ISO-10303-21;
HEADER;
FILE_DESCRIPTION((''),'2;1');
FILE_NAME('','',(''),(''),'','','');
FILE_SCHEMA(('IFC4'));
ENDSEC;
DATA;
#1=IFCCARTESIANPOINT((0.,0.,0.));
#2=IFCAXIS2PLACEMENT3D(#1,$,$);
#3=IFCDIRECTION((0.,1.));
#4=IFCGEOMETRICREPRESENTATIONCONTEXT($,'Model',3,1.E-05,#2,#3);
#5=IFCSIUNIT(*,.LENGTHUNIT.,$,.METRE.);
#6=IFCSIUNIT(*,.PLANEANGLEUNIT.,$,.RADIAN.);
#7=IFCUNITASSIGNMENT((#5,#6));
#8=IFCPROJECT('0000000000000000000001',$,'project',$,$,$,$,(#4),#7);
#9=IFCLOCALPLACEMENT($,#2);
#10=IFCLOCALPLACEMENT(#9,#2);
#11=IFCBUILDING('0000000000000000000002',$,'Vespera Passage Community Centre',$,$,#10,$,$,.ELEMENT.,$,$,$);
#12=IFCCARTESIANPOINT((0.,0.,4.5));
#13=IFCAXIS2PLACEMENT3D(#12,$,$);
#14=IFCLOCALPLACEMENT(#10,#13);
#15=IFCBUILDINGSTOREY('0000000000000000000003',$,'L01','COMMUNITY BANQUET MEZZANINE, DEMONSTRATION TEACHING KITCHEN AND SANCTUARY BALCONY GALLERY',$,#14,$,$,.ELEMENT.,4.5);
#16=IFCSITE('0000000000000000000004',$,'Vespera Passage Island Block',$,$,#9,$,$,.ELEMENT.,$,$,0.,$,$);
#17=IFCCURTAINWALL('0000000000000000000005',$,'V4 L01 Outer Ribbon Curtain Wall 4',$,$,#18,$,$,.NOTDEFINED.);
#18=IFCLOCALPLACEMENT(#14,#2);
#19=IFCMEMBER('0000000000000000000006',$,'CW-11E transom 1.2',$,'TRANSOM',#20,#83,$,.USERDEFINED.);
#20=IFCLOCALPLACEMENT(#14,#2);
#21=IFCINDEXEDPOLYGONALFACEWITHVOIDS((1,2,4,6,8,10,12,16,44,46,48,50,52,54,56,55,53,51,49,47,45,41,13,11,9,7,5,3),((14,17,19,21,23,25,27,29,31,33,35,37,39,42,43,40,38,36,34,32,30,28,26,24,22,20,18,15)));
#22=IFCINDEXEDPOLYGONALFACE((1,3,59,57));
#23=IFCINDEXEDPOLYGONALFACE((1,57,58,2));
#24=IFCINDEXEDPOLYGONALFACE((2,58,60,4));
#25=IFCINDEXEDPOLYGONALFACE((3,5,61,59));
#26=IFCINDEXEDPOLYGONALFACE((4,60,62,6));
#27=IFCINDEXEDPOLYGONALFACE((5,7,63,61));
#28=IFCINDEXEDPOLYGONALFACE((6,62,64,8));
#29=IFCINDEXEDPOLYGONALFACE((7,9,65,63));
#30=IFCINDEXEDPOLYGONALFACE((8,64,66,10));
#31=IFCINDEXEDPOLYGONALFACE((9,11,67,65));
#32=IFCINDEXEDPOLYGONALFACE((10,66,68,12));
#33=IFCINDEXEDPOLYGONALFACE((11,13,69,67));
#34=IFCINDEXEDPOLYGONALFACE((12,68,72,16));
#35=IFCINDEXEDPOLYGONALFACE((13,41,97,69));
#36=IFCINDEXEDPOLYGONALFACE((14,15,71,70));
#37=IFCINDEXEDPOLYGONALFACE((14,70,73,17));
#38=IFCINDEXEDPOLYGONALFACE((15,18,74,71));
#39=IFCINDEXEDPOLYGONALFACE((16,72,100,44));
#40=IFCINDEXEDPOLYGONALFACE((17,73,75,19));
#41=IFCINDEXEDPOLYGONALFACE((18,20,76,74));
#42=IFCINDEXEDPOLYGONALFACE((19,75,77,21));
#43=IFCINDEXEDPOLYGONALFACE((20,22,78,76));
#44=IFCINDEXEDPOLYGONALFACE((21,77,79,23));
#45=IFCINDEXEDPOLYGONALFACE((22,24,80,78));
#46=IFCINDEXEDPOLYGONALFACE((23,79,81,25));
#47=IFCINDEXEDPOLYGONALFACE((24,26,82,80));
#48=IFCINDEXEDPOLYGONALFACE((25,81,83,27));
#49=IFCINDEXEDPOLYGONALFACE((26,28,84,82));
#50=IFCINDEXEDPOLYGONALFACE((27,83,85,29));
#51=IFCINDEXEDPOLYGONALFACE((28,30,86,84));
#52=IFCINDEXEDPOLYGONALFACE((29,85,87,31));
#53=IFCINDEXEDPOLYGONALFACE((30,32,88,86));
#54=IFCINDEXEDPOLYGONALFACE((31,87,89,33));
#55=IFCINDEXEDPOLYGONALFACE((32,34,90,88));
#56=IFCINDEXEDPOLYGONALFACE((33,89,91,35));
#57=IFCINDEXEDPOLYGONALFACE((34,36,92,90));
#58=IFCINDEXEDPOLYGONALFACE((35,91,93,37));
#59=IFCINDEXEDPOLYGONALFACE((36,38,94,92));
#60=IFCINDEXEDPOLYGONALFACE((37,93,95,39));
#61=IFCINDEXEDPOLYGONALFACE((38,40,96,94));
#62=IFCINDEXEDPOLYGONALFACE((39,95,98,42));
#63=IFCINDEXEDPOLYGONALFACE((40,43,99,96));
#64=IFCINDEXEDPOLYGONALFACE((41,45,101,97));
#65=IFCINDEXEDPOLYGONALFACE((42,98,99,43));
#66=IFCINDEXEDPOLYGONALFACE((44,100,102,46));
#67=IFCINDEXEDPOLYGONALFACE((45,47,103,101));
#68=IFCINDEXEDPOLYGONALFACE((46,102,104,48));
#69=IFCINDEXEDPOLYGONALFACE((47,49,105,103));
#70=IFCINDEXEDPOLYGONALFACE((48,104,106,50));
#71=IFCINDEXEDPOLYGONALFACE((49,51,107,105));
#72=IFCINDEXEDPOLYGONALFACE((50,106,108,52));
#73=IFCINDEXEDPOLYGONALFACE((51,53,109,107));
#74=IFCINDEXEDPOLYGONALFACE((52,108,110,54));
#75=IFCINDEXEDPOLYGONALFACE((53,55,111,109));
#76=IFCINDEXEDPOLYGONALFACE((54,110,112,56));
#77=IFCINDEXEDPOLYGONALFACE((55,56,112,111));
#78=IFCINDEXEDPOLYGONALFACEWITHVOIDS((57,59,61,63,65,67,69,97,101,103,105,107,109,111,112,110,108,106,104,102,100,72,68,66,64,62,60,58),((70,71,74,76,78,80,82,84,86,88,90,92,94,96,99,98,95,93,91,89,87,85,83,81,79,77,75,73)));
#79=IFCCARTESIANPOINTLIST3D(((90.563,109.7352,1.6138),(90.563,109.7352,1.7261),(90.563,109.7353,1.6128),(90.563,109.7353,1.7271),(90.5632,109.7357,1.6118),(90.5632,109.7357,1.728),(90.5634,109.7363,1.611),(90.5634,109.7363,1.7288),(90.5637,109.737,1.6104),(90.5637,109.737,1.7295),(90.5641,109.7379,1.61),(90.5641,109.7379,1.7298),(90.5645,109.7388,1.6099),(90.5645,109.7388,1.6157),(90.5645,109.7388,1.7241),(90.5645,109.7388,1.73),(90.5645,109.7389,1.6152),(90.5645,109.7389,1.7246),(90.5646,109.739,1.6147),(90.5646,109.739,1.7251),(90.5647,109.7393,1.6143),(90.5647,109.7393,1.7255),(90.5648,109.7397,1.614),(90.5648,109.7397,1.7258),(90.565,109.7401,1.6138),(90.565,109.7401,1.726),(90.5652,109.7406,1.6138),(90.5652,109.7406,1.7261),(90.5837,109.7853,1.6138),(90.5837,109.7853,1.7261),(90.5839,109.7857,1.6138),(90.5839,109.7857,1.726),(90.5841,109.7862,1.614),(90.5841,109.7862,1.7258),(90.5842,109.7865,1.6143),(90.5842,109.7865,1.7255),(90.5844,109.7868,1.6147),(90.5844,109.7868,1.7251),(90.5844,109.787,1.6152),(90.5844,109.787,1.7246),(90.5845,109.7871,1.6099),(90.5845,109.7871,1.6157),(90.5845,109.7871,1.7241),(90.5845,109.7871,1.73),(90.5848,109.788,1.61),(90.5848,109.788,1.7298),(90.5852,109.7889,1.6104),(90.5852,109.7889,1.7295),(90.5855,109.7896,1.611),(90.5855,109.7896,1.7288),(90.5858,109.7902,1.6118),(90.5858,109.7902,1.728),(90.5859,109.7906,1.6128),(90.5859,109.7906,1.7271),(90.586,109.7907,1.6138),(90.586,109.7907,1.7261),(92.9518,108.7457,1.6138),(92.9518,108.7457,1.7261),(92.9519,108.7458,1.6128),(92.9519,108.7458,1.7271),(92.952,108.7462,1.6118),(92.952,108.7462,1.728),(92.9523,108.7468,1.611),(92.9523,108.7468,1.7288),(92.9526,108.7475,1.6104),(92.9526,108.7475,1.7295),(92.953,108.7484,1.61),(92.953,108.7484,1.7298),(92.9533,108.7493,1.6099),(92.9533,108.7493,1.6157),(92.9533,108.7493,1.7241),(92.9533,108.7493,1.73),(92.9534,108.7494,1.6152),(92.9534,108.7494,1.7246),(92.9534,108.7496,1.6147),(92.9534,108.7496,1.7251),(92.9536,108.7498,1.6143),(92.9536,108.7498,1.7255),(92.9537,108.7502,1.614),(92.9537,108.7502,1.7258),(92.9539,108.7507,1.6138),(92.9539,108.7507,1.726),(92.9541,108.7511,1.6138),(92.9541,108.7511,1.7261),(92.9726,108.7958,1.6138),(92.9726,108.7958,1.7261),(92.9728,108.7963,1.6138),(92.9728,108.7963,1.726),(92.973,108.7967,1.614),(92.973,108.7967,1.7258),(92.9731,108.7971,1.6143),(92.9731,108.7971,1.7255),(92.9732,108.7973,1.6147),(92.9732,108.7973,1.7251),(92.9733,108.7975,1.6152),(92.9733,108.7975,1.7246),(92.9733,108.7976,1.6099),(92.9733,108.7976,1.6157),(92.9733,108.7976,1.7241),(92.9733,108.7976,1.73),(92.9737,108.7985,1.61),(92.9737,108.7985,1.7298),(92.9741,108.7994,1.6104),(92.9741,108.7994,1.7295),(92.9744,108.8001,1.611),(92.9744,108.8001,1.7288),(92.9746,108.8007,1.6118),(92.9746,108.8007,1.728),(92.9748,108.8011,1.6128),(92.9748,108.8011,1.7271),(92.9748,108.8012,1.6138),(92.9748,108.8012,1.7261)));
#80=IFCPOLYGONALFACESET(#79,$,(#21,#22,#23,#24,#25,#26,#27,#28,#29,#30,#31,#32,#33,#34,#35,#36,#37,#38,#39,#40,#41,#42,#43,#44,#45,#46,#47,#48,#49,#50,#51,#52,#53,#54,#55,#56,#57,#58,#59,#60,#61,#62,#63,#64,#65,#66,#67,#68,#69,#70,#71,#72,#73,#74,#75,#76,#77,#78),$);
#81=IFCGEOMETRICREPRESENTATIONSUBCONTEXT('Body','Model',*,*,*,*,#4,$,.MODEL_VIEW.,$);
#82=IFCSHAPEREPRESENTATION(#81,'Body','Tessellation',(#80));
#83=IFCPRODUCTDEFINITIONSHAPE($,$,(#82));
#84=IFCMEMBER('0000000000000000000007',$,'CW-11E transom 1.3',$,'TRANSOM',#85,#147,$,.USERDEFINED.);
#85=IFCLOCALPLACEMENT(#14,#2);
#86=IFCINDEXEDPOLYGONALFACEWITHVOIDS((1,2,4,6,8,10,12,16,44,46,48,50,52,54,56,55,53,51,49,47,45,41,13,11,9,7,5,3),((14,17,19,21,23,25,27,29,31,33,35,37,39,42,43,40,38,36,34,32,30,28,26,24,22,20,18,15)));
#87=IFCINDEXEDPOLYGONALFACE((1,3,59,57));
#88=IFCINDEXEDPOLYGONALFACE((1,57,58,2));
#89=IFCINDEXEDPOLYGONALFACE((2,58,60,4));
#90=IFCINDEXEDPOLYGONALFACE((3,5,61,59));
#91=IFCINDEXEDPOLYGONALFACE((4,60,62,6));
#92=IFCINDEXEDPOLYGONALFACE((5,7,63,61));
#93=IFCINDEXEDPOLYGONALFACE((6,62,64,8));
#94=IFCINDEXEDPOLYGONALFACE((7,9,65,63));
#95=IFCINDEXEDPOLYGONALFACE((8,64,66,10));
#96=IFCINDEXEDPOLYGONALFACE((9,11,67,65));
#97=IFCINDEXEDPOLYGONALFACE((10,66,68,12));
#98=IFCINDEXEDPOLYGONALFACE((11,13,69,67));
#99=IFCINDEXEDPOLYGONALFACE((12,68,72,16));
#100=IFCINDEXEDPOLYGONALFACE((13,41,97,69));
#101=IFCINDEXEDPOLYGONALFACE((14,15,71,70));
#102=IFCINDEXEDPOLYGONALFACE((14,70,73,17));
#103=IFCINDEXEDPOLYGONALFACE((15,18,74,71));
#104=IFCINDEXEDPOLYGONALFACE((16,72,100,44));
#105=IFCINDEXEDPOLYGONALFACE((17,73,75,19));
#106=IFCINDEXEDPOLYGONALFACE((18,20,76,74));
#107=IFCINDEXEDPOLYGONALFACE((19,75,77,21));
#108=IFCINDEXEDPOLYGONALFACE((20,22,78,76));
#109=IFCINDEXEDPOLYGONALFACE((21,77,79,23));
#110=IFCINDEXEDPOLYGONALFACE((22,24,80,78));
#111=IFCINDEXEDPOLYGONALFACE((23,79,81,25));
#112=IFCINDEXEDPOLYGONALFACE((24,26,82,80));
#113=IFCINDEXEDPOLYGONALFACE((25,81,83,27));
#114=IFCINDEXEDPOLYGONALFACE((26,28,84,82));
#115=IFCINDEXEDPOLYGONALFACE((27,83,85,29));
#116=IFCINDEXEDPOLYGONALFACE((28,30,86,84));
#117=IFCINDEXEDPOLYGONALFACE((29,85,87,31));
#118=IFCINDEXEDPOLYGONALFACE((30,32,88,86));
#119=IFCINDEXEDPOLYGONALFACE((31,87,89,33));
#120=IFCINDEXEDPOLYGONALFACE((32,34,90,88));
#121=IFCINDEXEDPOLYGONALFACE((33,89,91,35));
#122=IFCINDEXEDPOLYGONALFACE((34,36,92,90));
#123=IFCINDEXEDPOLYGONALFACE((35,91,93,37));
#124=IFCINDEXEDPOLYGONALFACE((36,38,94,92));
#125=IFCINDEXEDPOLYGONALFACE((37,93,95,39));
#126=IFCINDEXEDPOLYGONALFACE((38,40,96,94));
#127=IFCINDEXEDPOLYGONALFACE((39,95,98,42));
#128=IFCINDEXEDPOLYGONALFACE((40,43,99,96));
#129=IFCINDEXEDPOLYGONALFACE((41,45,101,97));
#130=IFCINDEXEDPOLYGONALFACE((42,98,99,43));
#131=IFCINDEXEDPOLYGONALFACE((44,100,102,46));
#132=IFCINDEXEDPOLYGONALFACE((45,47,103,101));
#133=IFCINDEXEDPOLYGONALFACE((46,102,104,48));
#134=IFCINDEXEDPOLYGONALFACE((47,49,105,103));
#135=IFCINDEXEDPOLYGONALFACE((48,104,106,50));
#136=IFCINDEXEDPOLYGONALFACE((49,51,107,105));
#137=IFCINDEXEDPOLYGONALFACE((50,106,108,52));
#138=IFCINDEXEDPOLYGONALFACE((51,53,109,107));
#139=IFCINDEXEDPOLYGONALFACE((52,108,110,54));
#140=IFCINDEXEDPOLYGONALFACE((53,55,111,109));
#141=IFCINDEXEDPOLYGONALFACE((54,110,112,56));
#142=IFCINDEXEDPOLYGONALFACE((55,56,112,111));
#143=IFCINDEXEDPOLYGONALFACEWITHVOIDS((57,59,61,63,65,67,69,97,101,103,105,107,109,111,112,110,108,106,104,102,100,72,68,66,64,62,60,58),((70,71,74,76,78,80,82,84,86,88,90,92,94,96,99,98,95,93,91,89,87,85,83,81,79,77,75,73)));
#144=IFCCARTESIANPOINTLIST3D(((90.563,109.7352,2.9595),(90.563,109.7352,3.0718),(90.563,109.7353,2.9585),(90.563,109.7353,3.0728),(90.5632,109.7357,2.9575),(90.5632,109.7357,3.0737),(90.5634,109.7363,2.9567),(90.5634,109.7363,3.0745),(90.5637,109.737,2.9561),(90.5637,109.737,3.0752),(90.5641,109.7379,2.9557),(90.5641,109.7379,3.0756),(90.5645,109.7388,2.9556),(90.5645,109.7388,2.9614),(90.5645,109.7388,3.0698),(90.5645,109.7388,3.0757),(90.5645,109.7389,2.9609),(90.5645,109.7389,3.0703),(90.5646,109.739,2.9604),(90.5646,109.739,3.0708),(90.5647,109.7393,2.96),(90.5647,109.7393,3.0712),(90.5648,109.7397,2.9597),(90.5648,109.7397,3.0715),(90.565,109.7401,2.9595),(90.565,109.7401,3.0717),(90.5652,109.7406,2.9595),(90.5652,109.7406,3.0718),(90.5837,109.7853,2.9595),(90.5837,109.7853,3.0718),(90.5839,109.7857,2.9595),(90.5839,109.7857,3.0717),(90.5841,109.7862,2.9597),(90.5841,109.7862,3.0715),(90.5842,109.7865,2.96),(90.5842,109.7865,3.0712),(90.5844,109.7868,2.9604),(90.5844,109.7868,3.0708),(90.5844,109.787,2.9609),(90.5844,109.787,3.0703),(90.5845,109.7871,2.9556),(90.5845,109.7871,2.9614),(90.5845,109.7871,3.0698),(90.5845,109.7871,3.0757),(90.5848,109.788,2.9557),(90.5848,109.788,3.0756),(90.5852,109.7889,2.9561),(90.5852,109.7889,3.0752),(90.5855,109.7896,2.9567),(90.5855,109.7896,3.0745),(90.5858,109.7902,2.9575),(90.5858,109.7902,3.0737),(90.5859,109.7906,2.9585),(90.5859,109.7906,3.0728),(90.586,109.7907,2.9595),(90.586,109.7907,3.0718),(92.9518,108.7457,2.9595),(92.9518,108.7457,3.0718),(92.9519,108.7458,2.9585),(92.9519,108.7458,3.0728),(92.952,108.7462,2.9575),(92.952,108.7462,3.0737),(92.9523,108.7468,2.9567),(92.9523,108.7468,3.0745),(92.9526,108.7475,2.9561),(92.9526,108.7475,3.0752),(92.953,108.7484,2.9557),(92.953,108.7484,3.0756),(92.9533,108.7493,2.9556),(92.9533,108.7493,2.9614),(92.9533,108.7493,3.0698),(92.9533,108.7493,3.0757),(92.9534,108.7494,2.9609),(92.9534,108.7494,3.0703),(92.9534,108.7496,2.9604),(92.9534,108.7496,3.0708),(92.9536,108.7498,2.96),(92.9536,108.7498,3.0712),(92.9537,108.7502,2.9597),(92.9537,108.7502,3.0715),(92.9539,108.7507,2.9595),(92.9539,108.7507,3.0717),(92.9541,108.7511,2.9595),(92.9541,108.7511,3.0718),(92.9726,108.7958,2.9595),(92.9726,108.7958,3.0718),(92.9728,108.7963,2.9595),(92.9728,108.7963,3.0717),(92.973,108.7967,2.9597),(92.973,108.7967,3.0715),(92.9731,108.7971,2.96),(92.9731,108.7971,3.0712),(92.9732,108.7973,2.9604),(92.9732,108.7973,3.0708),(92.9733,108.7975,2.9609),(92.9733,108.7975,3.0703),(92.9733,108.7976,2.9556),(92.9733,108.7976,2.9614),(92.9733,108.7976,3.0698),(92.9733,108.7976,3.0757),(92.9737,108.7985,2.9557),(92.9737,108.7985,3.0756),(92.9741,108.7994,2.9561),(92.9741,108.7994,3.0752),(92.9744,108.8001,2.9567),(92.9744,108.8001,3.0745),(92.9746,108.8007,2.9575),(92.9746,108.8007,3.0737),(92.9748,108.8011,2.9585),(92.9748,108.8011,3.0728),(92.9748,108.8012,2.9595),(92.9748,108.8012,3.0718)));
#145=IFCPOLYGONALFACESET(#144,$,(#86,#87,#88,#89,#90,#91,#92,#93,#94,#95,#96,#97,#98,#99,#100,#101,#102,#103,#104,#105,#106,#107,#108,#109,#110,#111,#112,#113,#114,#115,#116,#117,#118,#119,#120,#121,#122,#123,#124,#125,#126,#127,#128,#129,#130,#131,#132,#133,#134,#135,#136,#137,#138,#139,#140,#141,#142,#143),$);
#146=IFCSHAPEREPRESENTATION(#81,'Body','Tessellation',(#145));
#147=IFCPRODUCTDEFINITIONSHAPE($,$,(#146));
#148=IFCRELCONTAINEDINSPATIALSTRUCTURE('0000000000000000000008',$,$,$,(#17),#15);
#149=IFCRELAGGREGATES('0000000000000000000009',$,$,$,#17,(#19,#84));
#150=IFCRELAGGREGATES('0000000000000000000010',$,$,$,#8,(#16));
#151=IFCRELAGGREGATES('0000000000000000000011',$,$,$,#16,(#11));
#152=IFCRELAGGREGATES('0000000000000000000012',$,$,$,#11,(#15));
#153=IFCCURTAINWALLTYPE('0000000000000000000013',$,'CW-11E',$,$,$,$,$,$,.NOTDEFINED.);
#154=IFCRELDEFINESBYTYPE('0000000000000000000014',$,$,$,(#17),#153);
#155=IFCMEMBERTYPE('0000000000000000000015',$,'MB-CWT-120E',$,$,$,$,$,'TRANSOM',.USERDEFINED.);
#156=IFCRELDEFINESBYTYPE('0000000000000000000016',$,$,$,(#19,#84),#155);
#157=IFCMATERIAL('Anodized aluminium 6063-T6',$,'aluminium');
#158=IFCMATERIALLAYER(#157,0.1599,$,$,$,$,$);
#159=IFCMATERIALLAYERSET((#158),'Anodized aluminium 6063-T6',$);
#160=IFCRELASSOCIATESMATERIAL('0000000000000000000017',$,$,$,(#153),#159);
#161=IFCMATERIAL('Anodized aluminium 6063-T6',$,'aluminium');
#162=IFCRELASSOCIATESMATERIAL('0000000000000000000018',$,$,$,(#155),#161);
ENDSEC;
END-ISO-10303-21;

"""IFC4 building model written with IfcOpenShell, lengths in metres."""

from ifc_helpers import new_model, si_unit, direction, frame, origin, origin_2d, place, context, subcontext, project, spatial, hollow_rectangle, extrude, material, layer, layer_set, material_profile, profile_set, type_object, element, aggregate, save


model = new_model("IFC4")

# Units and contexts
model_context = context("Model", 3, precision=1e-05, world=origin(), true_north=direction((0.0, 1.0)))
body_context = subcontext(model_context, "Body", "Model", "MODEL_VIEW")
ifc_project = project(units=[si_unit("LENGTHUNIT", "METRE"), si_unit("PLANEANGLEUNIT", "RADIAN")], contexts=[model_context])

# Site, building, storey
site_placement = place(None, origin())
site = spatial("IfcSite", under=ifc_project, at=site_placement, Name="Vespera Passage Island Block", CompositionType="ELEMENT", RefElevation=0.0)
building_placement = place(site_placement, origin())
building = spatial("IfcBuilding", under=site, at=building_placement, Name="Vespera Passage Community Centre", CompositionType="ELEMENT")
storey_placement = place(building_placement, frame((0.0, 0.0, 4.5)))
storey = spatial("IfcBuildingStorey", under=building, at=storey_placement, Name="L01", Description="COMMUNITY BANQUET MEZZANINE, DEMONSTRATION TEACHING KITCHEN AND SANCTUARY BALCONY GALLERY", CompositionType="ELEMENT", Elevation=4.5)

# Curtain wall
ifc_material_1 = material(Name="Anodized aluminium 6063-T6", Category="aluminium")
ifc_layer_1 = layer(ifc_material_1, 0.1599)
ifc_layer_set_1 = layer_set([ifc_layer_1], Name="Anodized aluminium 6063-T6")
curtain_wall_type_1 = type_object("IfcCurtainWallType", Name="CW-11E", PredefinedType="NOTDEFINED", material=ifc_layer_set_1)
curtain_wall_1_placement = place(storey_placement, origin())
curtain_wall_1 = element("IfcCurtainWall", 1, at=curtain_wall_1_placement, inside=storey, type_object=curtain_wall_type_1, Name="V4 L01 Outer Ribbon Curtain Wall 4", PredefinedType="NOTDEFINED")

# Members
ifc_material_2 = material(Name="Anodized aluminium 6063-T6", Category="aluminium")
ifc_material_profile_1 = material_profile(ifc_material_2, hollow_rectangle(XDim=0.0601, YDim=0.1201, WallThickness=0.0039, InnerFilletRadius=0.002, OuterFilletRadius=0.0039, at=origin_2d()), Name="ALU120X60X4")
ifc_profile_set_1 = profile_set([ifc_material_profile_1], Name="Anodized aluminium 6063-T6")
member_type_1 = type_object("IfcMemberType", Name="MB-CWT-120E", ElementType="TRANSOM", PredefinedType="USERDEFINED", material=ifc_profile_set_1)
member_1_placement = place(storey_placement, frame((90.5745, 109.7629, 1.6699), z_axis=(0.923882, -0.382677, 0.0), x_axis=(0.382677, 0.923882, 0.0)))
member_1 = element("IfcMember", 2, at=member_1_placement, type_object=member_type_1, Name="CW-11E transom 1.2", ObjectType="TRANSOM", PredefinedType="USERDEFINED", context=body_context, shape_type="SweptSolid", body=[
    extrude(hollow_rectangle(XDim=0.0601, YDim=0.1201, WallThickness=0.0039, InnerFilletRadius=0.002, OuterFilletRadius=0.0039, at=origin_2d()), origin(), (0.0, 0.0, 1.0), 2.5857),
])
member_2_placement = place(storey_placement, frame((90.5745, 109.7629, 3.0156), z_axis=(0.923882, -0.382677, 0.0), x_axis=(0.382677, 0.923882, 0.0)))
member_2 = element("IfcMember", 3, at=member_2_placement, type_object=member_type_1, Name="CW-11E transom 1.3", ObjectType="TRANSOM", PredefinedType="USERDEFINED", context=body_context, shape_type="SweptSolid", body=[
    extrude(hollow_rectangle(XDim=0.0601, YDim=0.1201, WallThickness=0.0039, InnerFilletRadius=0.002, OuterFilletRadius=0.0039, at=origin_2d()), origin(), (0.0, 0.0, 1.0), 2.5857),
])

aggregate(curtain_wall_1, [member_1, member_2])

save(model, "model.ifc")
